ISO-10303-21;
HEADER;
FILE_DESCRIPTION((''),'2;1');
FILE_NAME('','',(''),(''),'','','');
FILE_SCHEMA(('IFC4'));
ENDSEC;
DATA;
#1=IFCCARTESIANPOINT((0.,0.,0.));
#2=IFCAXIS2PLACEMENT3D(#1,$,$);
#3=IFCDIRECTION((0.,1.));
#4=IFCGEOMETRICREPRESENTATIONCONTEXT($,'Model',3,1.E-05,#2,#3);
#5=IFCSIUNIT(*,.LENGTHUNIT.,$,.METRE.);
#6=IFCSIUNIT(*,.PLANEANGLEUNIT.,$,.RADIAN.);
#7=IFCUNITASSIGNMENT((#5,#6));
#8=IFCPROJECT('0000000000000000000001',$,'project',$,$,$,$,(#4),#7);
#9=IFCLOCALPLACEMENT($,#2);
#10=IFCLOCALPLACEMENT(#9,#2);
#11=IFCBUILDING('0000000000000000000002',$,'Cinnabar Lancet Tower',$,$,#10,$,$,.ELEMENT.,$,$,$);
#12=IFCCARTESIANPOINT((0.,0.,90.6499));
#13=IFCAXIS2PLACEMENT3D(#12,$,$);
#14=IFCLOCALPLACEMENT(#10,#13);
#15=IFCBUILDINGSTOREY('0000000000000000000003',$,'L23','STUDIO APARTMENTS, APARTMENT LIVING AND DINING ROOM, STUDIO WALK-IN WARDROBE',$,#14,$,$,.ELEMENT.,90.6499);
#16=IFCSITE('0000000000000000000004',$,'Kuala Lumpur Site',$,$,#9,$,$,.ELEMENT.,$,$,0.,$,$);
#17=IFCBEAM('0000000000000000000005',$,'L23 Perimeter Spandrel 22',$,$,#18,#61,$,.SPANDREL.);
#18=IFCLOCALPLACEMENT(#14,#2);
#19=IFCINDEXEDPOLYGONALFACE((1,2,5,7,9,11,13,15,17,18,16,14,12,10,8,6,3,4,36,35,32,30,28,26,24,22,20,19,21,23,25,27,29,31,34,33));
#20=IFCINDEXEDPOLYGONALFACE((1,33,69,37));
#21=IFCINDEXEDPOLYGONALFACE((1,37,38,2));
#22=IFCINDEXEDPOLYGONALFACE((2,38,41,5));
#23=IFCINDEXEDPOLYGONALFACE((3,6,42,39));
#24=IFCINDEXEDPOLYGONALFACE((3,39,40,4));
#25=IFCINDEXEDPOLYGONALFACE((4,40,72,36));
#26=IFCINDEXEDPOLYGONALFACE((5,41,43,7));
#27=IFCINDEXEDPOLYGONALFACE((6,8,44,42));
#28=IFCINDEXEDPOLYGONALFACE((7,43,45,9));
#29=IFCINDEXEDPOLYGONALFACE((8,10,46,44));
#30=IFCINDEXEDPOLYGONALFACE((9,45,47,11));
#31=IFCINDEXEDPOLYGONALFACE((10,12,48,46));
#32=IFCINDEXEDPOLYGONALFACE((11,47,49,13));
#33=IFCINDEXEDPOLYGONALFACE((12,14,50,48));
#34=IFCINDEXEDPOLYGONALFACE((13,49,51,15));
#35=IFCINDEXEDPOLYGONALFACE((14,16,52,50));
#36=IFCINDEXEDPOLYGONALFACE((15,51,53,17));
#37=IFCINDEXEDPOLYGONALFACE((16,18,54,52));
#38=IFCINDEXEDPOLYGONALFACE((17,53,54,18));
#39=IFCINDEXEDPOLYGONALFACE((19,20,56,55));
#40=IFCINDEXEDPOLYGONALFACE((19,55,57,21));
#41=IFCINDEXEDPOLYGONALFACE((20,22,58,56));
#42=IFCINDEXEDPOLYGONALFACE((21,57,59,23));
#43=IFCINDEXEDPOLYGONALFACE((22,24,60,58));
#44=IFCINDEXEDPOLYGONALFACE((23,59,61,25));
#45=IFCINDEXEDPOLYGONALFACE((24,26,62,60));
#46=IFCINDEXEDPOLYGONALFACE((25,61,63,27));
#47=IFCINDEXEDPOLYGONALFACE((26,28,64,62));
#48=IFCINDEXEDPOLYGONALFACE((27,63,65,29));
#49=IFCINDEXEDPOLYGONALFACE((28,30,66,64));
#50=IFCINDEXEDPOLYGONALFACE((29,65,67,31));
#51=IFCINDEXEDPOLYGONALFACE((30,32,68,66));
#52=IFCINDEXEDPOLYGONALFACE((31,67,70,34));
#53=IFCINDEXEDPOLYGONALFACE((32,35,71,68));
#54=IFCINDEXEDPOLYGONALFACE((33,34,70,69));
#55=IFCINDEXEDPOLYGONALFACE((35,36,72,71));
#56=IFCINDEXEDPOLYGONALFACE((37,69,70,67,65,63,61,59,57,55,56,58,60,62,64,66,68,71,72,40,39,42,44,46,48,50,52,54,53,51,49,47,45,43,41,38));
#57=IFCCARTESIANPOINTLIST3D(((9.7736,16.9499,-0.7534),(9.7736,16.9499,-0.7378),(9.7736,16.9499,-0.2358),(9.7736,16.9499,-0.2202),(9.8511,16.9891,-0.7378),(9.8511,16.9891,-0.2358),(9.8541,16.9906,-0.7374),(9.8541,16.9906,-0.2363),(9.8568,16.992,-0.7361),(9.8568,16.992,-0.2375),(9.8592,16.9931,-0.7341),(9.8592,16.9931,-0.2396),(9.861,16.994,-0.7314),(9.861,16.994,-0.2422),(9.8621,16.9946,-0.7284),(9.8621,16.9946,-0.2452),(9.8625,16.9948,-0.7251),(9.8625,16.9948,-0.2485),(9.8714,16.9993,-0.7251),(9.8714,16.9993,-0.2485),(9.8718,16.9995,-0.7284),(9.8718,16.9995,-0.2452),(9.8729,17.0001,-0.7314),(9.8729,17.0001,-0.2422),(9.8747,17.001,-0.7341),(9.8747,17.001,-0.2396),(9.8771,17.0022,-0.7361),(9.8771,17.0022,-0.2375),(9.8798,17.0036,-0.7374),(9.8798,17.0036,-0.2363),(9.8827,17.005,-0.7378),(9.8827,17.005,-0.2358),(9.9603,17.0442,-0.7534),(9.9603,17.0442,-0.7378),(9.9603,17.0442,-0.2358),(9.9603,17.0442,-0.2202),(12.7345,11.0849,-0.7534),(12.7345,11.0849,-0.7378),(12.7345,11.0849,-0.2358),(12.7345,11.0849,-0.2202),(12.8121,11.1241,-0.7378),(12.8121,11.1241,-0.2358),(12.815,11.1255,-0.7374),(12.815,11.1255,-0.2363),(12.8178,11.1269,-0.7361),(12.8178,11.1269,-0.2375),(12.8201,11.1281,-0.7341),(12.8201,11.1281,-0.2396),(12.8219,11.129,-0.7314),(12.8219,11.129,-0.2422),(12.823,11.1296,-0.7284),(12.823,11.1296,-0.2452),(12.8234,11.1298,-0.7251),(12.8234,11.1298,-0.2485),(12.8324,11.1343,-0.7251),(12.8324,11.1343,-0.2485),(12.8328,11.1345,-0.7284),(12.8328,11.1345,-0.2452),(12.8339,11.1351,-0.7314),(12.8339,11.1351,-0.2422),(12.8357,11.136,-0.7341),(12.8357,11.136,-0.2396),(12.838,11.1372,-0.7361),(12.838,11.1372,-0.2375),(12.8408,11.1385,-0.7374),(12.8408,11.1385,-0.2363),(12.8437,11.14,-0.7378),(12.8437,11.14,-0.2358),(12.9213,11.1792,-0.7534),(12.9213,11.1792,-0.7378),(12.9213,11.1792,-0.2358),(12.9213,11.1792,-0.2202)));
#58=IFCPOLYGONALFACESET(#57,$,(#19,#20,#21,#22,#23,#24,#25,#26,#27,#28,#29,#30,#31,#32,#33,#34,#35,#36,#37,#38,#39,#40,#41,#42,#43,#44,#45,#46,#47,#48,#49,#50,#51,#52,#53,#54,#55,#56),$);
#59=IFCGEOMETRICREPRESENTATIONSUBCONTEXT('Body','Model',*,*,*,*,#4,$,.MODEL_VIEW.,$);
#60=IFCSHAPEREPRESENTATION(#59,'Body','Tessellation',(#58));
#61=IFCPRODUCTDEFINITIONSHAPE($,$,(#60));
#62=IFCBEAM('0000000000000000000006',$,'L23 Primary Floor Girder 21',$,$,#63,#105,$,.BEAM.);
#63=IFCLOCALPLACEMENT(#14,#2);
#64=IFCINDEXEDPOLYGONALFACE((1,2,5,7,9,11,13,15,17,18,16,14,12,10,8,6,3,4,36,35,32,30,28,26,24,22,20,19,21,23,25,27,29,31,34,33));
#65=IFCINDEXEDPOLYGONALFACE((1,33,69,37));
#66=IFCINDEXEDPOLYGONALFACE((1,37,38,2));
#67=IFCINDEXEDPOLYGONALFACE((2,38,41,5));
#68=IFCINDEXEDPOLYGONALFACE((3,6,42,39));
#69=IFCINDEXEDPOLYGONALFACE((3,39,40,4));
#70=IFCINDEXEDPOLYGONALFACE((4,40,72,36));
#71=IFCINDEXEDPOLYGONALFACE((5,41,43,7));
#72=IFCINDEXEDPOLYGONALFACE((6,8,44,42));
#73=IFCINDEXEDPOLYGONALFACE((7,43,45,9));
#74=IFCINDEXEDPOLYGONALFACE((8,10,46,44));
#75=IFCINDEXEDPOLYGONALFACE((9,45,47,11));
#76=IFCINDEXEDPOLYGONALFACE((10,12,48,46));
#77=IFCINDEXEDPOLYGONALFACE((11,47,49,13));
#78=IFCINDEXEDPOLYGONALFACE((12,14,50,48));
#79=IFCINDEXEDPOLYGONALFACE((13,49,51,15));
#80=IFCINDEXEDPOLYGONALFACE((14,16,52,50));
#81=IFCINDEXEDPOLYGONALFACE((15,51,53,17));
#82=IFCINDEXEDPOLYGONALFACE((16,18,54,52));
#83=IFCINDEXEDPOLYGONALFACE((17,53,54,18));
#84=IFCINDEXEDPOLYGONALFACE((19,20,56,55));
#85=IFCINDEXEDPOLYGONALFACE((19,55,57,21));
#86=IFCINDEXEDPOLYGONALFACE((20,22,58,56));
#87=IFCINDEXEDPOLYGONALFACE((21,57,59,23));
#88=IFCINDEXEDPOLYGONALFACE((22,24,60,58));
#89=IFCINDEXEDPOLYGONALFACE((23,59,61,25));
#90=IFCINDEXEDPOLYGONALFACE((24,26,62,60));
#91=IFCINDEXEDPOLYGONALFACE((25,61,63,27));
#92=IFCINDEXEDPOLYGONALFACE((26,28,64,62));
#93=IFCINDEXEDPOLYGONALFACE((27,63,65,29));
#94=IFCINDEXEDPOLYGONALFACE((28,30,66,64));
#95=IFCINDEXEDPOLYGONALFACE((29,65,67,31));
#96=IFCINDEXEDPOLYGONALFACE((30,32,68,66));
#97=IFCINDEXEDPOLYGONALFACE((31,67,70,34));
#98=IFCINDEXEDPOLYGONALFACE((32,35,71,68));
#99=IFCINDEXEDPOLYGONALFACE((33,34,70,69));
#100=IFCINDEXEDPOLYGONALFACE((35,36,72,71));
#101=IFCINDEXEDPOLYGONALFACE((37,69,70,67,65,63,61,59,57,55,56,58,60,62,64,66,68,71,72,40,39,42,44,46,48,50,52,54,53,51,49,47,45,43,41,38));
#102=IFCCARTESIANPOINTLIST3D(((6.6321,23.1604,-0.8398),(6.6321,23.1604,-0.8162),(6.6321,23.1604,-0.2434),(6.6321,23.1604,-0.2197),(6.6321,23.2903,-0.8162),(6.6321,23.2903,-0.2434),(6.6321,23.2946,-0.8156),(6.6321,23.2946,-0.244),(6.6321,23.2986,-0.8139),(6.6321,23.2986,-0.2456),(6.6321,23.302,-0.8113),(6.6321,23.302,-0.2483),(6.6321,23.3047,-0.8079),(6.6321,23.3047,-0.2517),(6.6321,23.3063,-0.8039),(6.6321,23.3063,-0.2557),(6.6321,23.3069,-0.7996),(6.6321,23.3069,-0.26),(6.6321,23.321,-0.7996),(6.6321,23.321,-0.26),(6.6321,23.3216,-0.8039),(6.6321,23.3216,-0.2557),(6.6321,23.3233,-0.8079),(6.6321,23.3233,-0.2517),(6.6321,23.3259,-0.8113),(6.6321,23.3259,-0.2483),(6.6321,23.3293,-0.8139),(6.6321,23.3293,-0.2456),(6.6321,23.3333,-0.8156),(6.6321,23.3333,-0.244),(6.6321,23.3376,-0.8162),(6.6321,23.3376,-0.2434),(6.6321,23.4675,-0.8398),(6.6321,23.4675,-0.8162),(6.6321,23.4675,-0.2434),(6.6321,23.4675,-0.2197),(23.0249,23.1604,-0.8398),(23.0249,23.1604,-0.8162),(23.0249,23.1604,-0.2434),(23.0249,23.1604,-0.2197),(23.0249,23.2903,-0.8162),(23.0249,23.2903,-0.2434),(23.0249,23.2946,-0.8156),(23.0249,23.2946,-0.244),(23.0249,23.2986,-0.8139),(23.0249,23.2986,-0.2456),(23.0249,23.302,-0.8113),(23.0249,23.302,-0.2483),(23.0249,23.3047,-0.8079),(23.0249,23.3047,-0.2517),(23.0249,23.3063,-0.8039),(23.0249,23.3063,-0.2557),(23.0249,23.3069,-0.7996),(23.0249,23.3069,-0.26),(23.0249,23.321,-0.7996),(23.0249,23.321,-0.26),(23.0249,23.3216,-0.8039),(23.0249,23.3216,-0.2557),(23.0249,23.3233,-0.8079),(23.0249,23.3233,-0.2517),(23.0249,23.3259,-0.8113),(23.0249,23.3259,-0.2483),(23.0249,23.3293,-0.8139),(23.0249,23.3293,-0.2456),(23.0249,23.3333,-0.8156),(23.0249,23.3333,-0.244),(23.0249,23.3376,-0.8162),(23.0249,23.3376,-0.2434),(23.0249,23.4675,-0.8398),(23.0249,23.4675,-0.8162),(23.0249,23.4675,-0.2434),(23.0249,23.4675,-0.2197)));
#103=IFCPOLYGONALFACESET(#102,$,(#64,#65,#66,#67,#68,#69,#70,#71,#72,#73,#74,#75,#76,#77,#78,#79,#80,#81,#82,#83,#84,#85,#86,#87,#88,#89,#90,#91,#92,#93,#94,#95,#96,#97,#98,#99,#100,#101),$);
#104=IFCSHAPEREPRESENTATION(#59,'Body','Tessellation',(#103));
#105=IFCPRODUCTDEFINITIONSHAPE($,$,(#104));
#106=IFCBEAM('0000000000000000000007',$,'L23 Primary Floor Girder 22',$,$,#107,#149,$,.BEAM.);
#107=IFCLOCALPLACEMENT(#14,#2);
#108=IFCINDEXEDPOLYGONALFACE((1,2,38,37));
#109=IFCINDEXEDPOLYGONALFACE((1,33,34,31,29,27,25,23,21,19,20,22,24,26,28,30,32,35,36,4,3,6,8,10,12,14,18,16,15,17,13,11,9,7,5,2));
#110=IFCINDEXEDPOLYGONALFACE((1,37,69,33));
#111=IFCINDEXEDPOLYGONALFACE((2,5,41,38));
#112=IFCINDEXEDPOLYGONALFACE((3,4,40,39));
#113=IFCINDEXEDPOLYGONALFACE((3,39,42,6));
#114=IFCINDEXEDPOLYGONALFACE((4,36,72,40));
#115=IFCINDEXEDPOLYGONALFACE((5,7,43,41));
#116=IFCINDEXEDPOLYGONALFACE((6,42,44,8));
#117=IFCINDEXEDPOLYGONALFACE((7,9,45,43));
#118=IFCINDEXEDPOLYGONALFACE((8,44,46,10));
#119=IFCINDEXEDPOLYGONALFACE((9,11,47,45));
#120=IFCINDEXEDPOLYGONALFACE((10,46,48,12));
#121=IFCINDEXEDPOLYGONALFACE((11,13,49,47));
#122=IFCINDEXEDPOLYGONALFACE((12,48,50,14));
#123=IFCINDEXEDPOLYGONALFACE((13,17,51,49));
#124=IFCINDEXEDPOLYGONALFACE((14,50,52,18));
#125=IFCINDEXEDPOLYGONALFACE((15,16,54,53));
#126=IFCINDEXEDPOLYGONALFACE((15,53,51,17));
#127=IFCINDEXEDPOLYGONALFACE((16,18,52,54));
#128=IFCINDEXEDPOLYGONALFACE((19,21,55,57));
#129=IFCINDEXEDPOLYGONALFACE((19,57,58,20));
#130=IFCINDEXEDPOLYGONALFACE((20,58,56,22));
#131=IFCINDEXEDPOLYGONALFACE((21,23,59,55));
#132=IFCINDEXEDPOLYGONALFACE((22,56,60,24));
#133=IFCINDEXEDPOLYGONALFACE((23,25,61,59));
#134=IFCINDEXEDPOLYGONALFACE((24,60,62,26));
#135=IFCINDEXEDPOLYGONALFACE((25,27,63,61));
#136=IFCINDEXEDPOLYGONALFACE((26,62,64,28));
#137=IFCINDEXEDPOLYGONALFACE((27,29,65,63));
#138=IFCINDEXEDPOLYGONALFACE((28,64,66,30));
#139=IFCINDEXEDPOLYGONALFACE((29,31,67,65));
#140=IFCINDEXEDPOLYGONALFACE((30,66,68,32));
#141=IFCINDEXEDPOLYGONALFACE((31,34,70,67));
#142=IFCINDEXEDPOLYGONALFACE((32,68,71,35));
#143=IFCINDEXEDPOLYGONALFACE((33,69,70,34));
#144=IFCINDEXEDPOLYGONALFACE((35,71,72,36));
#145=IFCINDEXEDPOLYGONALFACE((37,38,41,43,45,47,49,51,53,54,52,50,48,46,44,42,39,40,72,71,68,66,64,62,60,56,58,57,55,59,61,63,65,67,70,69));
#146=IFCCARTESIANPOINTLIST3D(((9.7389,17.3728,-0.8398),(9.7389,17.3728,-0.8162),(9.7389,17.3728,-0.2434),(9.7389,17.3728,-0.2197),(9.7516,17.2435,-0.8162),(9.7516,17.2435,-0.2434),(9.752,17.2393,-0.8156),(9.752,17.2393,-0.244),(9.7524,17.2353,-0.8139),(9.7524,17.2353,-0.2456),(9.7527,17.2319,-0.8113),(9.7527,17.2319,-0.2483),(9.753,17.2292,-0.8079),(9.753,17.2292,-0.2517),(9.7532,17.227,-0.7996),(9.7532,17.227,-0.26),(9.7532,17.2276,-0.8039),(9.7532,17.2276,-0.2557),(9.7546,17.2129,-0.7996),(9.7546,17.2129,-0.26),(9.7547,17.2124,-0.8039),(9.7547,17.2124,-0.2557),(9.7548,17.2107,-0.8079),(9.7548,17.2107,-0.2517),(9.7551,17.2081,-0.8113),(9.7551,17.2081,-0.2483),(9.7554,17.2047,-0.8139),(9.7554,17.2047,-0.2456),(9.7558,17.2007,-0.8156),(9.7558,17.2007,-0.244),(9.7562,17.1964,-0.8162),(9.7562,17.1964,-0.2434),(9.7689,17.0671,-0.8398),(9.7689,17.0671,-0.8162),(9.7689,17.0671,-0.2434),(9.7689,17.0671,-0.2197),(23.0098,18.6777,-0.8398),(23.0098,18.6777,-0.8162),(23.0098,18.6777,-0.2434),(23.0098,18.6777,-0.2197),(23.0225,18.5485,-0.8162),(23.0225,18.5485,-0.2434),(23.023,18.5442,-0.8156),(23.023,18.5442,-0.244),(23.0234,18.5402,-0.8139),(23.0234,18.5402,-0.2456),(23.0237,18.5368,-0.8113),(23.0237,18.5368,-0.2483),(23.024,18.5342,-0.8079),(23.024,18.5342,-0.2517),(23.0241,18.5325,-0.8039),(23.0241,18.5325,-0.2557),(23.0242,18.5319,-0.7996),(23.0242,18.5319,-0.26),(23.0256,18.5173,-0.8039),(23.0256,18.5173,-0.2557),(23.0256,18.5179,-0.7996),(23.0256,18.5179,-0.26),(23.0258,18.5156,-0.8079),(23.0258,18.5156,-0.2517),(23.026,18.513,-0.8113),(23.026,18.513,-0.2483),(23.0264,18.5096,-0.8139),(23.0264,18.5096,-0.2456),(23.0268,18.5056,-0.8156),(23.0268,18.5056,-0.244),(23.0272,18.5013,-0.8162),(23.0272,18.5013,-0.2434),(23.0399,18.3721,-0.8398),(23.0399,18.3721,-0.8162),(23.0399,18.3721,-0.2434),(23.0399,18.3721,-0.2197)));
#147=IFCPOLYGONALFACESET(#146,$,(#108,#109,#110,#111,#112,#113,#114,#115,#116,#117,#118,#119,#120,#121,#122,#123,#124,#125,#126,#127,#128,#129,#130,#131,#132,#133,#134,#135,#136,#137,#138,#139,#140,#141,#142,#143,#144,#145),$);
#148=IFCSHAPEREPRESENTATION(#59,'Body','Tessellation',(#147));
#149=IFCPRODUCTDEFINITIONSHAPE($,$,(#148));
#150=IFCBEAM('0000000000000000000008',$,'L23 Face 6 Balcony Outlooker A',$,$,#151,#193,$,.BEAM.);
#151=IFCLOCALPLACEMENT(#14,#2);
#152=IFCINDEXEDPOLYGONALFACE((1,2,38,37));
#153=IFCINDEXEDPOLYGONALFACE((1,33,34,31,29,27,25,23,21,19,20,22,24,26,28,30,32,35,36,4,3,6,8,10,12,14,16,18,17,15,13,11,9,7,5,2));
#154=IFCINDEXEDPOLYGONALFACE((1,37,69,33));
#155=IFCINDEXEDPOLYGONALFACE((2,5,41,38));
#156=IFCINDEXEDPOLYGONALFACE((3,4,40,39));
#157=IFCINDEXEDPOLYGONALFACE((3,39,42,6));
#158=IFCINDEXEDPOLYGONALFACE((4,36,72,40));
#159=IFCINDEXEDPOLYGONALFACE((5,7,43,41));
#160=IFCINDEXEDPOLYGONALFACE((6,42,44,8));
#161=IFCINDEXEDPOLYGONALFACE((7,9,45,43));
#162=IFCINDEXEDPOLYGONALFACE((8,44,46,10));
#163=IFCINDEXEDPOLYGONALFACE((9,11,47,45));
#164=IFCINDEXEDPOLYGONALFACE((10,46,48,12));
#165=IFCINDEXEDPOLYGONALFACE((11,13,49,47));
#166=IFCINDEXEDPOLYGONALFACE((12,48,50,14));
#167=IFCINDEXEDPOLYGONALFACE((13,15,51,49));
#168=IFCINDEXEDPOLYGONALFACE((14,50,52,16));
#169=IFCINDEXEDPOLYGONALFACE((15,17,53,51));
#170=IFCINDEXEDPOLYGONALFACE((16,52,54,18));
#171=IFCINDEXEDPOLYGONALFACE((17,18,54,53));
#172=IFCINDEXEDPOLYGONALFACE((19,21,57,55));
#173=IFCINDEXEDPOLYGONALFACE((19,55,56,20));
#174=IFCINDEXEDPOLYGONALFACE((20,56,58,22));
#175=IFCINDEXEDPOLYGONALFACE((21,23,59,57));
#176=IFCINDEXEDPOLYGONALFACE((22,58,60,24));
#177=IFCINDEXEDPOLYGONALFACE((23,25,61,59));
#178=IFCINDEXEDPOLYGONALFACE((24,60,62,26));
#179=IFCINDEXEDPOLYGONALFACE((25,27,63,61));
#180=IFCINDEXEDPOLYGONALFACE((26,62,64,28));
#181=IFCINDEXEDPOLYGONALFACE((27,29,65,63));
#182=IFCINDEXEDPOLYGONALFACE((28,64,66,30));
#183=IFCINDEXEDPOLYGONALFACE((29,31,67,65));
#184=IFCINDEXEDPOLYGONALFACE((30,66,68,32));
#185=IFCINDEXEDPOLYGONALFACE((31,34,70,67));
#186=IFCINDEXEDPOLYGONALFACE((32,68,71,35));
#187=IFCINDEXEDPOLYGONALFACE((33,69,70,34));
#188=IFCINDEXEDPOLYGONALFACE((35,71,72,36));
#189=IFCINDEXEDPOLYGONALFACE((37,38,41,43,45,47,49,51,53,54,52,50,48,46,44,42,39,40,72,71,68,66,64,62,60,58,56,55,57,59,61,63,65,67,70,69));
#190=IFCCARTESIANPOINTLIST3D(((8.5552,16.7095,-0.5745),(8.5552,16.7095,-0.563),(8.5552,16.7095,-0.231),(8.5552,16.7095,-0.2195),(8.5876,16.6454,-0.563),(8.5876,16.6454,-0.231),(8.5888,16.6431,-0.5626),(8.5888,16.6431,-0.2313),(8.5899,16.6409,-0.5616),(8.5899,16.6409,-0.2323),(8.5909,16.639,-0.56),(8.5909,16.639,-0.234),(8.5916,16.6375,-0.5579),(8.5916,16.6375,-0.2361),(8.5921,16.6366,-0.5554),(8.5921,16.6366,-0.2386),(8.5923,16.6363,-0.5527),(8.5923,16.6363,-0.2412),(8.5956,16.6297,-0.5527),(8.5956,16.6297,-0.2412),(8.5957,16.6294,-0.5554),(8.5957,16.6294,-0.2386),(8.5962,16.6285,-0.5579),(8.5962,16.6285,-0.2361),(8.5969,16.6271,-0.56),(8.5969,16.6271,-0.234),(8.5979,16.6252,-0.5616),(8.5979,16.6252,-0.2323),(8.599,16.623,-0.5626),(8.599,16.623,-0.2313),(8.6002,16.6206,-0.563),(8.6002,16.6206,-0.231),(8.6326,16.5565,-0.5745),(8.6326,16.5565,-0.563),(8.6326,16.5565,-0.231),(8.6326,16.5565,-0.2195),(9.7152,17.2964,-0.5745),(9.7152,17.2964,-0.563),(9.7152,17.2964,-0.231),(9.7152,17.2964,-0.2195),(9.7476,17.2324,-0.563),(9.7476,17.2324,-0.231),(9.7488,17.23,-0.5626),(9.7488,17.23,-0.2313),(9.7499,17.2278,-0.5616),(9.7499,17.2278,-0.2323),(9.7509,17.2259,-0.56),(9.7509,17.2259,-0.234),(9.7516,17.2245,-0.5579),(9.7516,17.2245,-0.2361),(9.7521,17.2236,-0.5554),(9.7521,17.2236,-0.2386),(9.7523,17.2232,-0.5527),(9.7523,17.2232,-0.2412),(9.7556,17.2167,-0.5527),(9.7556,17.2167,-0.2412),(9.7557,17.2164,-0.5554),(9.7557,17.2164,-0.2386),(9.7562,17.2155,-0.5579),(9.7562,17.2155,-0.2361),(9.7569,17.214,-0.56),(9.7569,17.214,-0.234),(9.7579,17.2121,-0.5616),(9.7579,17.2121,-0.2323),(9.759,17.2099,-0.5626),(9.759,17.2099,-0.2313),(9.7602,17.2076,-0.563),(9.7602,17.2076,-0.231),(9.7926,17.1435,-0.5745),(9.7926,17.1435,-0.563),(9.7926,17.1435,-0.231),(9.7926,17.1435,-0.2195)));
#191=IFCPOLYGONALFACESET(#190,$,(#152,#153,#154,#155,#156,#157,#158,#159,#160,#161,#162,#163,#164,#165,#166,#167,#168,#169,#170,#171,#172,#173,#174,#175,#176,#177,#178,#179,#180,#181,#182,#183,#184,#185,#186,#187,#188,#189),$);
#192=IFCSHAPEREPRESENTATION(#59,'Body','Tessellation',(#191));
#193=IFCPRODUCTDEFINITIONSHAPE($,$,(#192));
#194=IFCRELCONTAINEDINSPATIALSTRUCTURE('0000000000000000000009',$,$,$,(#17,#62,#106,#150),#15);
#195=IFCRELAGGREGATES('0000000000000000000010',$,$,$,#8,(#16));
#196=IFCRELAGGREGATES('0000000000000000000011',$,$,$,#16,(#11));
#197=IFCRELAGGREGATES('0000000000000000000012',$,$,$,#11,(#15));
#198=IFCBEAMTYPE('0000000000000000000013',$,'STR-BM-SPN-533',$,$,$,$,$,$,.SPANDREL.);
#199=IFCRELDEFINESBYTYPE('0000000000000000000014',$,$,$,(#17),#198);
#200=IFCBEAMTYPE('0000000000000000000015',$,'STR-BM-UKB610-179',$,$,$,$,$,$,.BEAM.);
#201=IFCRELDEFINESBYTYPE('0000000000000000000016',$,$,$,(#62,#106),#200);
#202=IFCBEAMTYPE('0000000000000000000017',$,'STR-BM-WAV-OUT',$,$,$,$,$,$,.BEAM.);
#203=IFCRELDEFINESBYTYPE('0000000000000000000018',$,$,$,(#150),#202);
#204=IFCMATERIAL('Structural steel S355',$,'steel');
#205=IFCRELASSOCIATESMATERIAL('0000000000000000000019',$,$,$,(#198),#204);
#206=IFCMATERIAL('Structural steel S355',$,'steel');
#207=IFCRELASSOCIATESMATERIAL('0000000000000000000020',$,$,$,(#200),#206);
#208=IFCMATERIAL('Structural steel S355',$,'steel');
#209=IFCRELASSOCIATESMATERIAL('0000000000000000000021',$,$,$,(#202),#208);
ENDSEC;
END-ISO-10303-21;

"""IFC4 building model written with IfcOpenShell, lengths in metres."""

from ifc_helpers import new_model, si_unit, direction, frame, origin, origin_2d, place, context, subcontext, project, spatial, i_section, extrude, material, material_profile, profile_set, type_object, element, save


model = new_model("IFC4")

# Units and contexts
model_context = context("Model", 3, precision=1e-05, world=origin(), true_north=direction((0.0, 1.0)))
body_context = subcontext(model_context, "Body", "Model", "MODEL_VIEW")
ifc_project = project(units=[si_unit("LENGTHUNIT", "METRE"), si_unit("PLANEANGLEUNIT", "RADIAN")], contexts=[model_context])

# Site, building, storey
site_placement = place(None, origin())
site = spatial("IfcSite", under=ifc_project, at=site_placement, Name="Kuala Lumpur Site", CompositionType="ELEMENT", RefElevation=0.0)
building_placement = place(site_placement, origin())
building = spatial("IfcBuilding", under=site, at=building_placement, Name="Cinnabar Lancet Tower", CompositionType="ELEMENT")
storey_placement = place(building_placement, frame((0.0, 0.0, 90.6499)))
storey = spatial("IfcBuildingStorey", under=building, at=storey_placement, Name="L23", Description="STUDIO APARTMENTS, APARTMENT LIVING AND DINING ROOM, STUDIO WALK-IN WARDROBE", CompositionType="ELEMENT", Elevation=90.6499)

# Beams
ifc_material_1 = material(Name="Structural steel S355", Category="steel")
ifc_material_profile_1 = material_profile(ifc_material_1, i_section(OverallWidth=0.2092, OverallDepth=0.5332, WebThickness=0.01, FlangeThickness=0.0156, FilletRadius=0.0127, at=origin_2d()), Name="UKB 533x210x92")
ifc_profile_set_1 = profile_set([ifc_material_profile_1], Name="Structural steel S355")
beam_type_1 = type_object("IfcBeamType", Name="STR-BM-SPN-533", PredefinedType="SPANDREL", material=ifc_profile_set_1)
beam_1_placement = place(storey_placement, frame((9.8669, 16.9971, -0.4868), z_axis=(0.450674, -0.892689, 0.0), x_axis=(0.892689, 0.450674, 0.0)))
element("IfcBeam", 1, at=beam_1_placement, inside=storey, type_object=beam_type_1, Name="L23 Perimeter Spandrel 22", PredefinedType="SPANDREL", context=body_context, shape_type="SweptSolid", body=[
    extrude(i_section(OverallWidth=0.2092, OverallDepth=0.5332, WebThickness=0.01, FlangeThickness=0.0156, FilletRadius=0.0127, at=origin_2d()), origin(), (0.0, 0.0, 1.0), 6.5701),
])
ifc_material_2 = material(Name="Structural steel S355", Category="steel")
ifc_material_profile_2 = material_profile(ifc_material_2, i_section(OverallWidth=0.3071, OverallDepth=0.6201, WebThickness=0.0142, FlangeThickness=0.0237, FilletRadius=0.0166, at=origin_2d()), Name="UKB 610x305x179")
ifc_profile_set_2 = profile_set([ifc_material_profile_2], Name="Structural steel S355")
beam_type_2 = type_object("IfcBeamType", Name="STR-BM-UKB610-179", PredefinedType="BEAM", material=ifc_profile_set_2)
beam_2_placement = place(storey_placement, frame((6.6321, 23.314, -0.5298), z_axis=(1.0, 0.0, 0.0), x_axis=(0.0, 1.0, 0.0)))
element("IfcBeam", 2, at=beam_2_placement, inside=storey, type_object=beam_type_2, Name="L23 Primary Floor Girder 21", PredefinedType="BEAM", context=body_context, shape_type="SweptSolid", body=[
    extrude(i_section(OverallWidth=0.3071, OverallDepth=0.6201, WebThickness=0.0142, FlangeThickness=0.0237, FilletRadius=0.0166, at=origin_2d()), origin(), (0.0, 0.0, 1.0), 16.3928),
])
beam_3_placement = place(storey_placement, frame((9.7539, 17.22, -0.5298), z_axis=(0.9952, 0.097858, 0.0), x_axis=(-0.097858, 0.9952, 0.0)))
element("IfcBeam", 3, at=beam_3_placement, inside=storey, type_object=beam_type_2, Name="L23 Primary Floor Girder 22", PredefinedType="BEAM", context=body_context, shape_type="SweptSolid", body=[
    extrude(i_section(OverallWidth=0.3071, OverallDepth=0.6201, WebThickness=0.0142, FlangeThickness=0.0237, FilletRadius=0.0166, at=origin_2d()), origin(), (0.0, 0.0, 1.0), 13.335),
])
ifc_material_3 = material(Name="Structural steel S355", Category="steel")
ifc_material_profile_3 = material_profile(ifc_material_3, i_section(OverallWidth=0.1714, OverallDepth=0.355, WebThickness=0.0073, FlangeThickness=0.0115, FilletRadius=0.0103, at=origin_2d()), Name="UKB 356x171x51")
ifc_profile_set_3 = profile_set([ifc_material_profile_3], Name="Structural steel S355")
beam_type_3 = type_object("IfcBeamType", Name="STR-BM-WAV-OUT", PredefinedType="BEAM", material=ifc_profile_set_3)
beam_4_placement = place(storey_placement, frame((9.7539, 17.22, -0.397), z_axis=(-0.892276, -0.45149, 0.0), x_axis=(0.45149, -0.892276, 0.0)))
element("IfcBeam", 4, at=beam_4_placement, inside=storey, type_object=beam_type_3, Name="L23 Face 6 Balcony Outlooker A", PredefinedType="BEAM", context=body_context, shape_type="SweptSolid", body=[
    extrude(i_section(OverallWidth=0.1714, OverallDepth=0.355, WebThickness=0.0073, FlangeThickness=0.0115, FilletRadius=0.0103, at=origin_2d()), origin(), (0.0, 0.0, 1.0), 1.3),
])

save(model, "model.ifc")
